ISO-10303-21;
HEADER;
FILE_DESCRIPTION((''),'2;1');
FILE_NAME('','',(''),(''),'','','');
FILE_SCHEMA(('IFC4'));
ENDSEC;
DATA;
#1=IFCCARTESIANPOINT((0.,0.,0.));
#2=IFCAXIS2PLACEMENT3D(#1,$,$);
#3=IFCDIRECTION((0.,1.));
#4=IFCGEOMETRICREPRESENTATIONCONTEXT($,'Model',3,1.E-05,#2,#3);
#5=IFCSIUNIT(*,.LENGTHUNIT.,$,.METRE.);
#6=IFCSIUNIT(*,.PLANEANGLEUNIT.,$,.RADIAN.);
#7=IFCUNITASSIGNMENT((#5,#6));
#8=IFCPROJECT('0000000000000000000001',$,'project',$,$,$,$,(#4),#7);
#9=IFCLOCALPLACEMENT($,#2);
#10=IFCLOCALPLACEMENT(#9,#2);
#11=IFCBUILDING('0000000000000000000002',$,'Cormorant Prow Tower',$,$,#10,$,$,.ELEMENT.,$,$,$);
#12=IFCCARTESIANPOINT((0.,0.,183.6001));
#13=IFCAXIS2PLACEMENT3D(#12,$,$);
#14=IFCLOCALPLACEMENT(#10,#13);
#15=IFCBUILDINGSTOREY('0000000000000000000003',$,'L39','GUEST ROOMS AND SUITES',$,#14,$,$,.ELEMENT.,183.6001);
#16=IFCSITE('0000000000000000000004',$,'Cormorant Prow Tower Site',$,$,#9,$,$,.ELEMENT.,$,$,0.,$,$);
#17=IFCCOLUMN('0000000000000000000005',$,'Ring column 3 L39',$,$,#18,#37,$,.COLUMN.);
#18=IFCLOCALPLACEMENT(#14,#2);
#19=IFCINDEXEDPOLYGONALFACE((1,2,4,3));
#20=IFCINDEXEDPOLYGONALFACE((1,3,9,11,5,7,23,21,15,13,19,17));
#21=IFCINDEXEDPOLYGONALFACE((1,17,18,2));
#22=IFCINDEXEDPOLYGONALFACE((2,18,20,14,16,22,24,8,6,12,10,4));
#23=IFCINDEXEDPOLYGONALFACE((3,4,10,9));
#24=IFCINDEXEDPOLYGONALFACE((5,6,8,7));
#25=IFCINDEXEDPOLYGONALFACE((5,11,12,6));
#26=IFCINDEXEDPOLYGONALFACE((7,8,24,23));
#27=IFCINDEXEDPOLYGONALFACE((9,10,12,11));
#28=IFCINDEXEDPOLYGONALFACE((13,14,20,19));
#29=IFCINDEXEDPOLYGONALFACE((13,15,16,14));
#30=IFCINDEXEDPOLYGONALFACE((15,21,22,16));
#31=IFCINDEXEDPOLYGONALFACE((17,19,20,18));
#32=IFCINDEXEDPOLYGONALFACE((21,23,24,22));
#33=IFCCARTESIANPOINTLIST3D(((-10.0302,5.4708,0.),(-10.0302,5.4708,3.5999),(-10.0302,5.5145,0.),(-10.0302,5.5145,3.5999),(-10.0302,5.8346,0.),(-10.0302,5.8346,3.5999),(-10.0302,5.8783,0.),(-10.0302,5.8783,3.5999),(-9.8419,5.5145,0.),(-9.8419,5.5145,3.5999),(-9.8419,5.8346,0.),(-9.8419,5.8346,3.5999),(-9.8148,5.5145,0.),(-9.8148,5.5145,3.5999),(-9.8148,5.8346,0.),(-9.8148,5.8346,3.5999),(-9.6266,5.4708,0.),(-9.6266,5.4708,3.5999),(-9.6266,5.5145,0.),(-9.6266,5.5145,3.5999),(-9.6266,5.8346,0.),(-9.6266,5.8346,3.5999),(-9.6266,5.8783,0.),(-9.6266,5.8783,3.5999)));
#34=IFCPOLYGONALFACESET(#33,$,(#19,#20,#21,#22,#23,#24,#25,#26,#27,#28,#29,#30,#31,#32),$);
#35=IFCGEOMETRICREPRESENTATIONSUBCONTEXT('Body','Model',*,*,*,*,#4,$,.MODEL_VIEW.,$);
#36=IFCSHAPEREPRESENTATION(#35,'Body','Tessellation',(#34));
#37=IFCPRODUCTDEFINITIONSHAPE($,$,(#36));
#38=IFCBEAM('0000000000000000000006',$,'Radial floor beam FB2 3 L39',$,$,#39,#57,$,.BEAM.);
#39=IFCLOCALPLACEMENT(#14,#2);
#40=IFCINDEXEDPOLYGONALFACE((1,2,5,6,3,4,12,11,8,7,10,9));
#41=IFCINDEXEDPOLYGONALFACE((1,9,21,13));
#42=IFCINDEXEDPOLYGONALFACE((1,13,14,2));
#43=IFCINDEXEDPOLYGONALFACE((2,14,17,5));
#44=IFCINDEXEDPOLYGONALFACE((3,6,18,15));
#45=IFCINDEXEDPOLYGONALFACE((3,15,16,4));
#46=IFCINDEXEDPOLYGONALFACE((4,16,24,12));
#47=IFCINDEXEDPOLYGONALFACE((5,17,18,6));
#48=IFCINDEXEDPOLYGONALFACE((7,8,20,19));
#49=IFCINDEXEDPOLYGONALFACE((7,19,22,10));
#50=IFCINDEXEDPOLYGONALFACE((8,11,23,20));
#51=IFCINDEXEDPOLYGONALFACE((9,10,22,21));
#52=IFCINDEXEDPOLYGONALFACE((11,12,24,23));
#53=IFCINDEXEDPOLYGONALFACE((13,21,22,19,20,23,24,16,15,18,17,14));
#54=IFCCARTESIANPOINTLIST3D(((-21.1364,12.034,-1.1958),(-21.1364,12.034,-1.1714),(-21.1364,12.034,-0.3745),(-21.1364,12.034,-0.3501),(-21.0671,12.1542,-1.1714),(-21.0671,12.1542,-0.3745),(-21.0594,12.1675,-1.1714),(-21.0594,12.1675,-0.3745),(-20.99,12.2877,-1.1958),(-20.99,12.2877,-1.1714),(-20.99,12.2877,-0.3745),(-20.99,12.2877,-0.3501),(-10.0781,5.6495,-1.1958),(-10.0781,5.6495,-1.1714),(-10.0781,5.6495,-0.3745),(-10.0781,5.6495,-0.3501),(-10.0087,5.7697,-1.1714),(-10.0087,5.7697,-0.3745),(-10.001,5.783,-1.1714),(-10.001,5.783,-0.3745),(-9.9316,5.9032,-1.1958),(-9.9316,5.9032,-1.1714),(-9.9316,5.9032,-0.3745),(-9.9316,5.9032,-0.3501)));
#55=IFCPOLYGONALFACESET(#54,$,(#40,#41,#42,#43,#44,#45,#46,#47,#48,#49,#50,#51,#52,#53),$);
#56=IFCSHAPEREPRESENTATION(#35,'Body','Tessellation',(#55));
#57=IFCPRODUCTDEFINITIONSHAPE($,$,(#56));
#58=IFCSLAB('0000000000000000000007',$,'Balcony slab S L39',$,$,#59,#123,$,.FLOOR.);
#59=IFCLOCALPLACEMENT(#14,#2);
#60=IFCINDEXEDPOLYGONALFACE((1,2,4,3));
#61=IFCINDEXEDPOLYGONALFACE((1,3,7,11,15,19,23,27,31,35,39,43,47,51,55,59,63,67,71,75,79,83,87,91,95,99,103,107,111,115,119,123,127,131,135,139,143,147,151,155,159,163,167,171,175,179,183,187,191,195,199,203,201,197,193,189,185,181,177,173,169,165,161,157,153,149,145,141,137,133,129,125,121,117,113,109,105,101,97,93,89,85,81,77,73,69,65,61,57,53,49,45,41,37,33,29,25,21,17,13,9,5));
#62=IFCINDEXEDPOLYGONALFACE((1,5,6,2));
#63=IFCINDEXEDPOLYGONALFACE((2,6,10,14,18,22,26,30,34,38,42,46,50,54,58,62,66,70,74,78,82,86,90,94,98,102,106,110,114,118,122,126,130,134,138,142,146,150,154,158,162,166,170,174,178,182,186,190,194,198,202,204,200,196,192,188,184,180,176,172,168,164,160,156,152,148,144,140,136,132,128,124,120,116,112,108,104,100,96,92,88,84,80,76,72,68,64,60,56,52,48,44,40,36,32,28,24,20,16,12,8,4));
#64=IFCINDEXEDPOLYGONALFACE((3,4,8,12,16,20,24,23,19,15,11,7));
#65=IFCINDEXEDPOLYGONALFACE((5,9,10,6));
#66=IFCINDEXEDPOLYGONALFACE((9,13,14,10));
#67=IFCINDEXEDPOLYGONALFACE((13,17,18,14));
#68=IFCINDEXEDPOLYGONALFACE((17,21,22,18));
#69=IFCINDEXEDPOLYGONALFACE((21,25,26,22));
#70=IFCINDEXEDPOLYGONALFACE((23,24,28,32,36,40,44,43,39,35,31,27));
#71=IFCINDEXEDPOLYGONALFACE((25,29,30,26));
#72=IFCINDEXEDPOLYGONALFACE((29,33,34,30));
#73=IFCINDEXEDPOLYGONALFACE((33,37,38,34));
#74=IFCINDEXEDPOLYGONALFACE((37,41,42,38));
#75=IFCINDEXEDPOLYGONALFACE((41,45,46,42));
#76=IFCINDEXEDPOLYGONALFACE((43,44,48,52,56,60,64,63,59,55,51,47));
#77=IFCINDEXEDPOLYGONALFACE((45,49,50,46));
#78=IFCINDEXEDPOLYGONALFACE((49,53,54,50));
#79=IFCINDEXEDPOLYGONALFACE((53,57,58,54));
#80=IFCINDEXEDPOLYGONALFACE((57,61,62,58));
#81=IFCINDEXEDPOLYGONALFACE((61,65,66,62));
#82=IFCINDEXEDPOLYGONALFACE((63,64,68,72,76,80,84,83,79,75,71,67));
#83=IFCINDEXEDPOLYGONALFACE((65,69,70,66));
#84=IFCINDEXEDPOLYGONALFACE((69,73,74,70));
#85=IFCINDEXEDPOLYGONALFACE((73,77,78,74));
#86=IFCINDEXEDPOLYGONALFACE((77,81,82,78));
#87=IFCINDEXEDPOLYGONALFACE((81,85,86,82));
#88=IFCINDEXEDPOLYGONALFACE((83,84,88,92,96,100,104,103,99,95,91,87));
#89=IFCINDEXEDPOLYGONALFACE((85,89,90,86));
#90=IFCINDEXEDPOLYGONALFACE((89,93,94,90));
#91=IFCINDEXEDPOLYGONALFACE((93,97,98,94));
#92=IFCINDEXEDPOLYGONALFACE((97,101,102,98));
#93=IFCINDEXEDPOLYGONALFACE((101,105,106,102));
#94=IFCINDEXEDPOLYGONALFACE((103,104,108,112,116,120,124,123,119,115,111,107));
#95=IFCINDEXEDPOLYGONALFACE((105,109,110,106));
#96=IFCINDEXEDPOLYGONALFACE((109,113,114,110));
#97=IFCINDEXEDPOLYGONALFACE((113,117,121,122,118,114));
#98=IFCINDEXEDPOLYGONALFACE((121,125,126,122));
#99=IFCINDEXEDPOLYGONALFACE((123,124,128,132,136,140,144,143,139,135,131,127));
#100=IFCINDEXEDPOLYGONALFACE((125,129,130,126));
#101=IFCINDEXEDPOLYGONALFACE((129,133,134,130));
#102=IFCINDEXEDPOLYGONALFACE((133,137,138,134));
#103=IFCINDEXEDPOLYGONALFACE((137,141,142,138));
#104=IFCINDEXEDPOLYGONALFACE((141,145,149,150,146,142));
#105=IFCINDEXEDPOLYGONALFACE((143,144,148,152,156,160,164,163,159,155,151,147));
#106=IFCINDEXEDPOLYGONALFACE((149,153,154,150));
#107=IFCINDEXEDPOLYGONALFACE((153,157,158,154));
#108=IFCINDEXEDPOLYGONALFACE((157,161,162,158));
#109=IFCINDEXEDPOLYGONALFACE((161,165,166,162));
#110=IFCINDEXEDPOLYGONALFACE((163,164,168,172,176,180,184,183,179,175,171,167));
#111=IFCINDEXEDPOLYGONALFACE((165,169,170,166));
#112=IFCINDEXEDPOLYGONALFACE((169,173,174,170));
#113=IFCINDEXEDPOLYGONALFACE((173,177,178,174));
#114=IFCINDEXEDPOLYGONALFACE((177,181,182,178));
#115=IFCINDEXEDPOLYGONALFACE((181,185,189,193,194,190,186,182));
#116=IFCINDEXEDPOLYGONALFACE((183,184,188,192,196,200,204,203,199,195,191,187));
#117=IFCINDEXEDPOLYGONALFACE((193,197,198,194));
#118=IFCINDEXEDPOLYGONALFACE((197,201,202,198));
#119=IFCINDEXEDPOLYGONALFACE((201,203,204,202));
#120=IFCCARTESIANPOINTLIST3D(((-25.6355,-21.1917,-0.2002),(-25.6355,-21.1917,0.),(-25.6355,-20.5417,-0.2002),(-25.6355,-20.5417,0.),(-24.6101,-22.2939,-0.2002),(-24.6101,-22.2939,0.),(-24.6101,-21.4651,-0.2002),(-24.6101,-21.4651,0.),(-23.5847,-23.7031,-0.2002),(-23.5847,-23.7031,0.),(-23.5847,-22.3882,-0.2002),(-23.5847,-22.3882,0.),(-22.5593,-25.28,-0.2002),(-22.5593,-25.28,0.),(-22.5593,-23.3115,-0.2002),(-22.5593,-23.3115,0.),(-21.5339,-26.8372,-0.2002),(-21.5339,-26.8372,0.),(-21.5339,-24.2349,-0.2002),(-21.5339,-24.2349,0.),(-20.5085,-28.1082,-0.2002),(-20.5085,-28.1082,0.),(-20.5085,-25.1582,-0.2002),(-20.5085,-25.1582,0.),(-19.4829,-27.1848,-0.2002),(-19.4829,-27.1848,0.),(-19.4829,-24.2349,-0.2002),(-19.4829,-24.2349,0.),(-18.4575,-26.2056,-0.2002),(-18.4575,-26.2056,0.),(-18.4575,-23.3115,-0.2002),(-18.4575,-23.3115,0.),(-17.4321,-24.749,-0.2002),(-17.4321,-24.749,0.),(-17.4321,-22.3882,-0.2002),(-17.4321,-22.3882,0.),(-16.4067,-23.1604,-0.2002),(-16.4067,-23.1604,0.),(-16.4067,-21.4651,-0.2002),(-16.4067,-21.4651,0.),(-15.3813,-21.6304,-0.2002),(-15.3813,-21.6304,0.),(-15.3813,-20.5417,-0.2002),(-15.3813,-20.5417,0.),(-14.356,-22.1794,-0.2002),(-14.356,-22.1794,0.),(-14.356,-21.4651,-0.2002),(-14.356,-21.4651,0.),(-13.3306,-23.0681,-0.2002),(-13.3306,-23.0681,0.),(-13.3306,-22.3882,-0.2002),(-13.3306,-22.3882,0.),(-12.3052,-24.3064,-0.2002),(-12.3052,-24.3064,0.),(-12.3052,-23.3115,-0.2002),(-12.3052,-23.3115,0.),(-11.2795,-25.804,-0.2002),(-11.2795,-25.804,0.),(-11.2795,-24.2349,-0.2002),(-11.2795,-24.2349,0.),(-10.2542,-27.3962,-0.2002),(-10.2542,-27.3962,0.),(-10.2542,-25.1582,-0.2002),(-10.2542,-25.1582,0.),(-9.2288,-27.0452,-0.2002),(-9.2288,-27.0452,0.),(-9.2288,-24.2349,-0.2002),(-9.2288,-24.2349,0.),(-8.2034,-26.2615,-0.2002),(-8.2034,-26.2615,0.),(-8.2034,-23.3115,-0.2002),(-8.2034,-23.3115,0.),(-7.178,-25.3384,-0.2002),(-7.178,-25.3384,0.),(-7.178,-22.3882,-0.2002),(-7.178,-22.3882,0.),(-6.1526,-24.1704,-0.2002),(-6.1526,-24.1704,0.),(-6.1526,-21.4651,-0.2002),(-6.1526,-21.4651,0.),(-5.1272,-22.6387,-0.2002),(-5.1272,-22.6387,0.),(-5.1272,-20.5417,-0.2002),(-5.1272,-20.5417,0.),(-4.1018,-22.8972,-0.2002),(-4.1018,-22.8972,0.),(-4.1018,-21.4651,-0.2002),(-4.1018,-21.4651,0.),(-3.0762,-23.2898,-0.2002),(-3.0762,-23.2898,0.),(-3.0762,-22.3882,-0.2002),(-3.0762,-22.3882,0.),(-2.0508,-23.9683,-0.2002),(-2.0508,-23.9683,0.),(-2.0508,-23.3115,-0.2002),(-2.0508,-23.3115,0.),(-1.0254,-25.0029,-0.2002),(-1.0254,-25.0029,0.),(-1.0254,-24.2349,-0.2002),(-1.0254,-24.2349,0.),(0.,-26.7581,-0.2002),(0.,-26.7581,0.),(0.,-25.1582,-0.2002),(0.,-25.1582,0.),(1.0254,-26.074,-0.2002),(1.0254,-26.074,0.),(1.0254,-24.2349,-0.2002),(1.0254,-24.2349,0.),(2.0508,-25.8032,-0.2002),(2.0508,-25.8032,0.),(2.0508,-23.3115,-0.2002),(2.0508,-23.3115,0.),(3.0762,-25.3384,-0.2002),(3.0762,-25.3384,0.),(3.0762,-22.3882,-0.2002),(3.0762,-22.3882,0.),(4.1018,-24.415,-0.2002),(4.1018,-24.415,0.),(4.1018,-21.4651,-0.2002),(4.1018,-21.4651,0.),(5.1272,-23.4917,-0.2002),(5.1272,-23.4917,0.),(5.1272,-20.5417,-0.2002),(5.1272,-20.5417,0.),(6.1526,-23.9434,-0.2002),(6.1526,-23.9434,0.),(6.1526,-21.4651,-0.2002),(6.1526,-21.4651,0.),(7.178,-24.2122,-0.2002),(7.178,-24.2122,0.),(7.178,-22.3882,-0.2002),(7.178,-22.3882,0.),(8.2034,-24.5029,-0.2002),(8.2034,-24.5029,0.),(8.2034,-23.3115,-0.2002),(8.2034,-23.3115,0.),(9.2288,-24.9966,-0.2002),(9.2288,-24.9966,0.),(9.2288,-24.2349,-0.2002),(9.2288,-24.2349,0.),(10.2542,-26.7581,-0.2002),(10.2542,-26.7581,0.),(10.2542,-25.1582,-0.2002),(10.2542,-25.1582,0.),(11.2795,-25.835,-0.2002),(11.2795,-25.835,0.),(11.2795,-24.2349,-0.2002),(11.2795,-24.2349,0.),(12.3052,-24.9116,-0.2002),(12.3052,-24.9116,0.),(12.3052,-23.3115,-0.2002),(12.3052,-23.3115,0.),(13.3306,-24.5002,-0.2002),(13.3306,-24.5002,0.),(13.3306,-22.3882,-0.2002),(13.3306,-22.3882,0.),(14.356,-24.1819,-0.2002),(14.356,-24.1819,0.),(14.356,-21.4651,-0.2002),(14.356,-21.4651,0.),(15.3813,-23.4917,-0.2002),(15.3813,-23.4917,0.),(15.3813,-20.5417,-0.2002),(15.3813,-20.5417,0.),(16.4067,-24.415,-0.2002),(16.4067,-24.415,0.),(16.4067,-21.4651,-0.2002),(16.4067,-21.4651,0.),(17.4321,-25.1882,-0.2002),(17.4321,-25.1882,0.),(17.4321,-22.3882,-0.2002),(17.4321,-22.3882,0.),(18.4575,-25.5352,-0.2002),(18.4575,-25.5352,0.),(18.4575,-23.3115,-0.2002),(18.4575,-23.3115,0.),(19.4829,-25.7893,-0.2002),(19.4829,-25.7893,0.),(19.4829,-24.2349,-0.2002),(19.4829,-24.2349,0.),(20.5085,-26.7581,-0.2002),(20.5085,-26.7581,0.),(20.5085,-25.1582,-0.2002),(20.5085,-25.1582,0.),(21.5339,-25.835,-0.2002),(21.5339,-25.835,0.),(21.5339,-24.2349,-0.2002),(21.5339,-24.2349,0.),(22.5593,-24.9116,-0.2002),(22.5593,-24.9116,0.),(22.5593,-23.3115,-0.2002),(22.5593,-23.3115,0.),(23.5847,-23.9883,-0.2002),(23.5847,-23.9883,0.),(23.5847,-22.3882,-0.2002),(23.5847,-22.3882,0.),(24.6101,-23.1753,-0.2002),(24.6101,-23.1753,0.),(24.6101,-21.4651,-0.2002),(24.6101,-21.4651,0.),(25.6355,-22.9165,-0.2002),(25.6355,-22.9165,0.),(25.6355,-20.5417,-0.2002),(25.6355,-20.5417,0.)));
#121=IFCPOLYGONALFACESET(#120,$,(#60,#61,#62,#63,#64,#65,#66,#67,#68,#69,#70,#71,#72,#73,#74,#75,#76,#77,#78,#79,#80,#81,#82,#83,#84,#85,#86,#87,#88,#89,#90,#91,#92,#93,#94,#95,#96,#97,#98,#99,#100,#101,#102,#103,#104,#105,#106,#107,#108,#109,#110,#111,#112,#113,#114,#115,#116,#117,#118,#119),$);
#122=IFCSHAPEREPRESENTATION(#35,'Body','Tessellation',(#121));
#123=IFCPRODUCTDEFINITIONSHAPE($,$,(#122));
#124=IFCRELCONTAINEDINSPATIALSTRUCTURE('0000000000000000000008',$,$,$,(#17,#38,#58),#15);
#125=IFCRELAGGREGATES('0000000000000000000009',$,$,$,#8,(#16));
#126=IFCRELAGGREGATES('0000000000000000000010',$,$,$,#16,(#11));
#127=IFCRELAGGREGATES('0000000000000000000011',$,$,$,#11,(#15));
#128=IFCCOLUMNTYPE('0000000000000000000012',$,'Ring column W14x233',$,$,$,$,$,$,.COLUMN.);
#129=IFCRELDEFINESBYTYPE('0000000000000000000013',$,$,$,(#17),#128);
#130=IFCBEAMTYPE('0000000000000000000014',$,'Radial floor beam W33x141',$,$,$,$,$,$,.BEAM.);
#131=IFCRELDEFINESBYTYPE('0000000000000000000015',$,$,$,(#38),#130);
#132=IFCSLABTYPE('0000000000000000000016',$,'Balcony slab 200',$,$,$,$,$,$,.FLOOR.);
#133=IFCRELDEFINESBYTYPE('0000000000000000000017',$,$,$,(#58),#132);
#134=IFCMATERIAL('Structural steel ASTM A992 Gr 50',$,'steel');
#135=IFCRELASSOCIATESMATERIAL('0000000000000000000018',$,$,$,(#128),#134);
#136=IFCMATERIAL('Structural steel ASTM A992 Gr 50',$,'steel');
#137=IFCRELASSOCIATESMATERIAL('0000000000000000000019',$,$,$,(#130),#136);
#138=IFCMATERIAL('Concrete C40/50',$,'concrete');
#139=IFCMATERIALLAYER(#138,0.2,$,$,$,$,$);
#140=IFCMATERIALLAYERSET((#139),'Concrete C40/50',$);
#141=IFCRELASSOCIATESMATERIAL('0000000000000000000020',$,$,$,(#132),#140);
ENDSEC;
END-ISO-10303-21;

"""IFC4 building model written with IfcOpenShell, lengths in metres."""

from ifc_helpers import new_model, si_unit, direction, frame, origin, origin_2d, place, context, subcontext, project, spatial, polyline, i_section, outline, extrude, material, layer, layer_set, material_profile, profile_set, type_object, element, save


model = new_model("IFC4")

# Units and contexts
model_context = context("Model", 3, precision=1e-05, world=origin(), true_north=direction((0.0, 1.0)))
body_context = subcontext(model_context, "Body", "Model", "MODEL_VIEW")
ifc_project = project(units=[si_unit("LENGTHUNIT", "METRE"), si_unit("PLANEANGLEUNIT", "RADIAN")], contexts=[model_context])

# Site, building, storey
site_placement = place(None, origin())
site = spatial("IfcSite", under=ifc_project, at=site_placement, Name="Cormorant Prow Tower Site", CompositionType="ELEMENT", RefElevation=0.0)
building_placement = place(site_placement, origin())
building = spatial("IfcBuilding", under=site, at=building_placement, Name="Cormorant Prow Tower", CompositionType="ELEMENT")
storey_placement = place(building_placement, frame((0.0, 0.0, 183.6001)))
storey = spatial("IfcBuildingStorey", under=building, at=storey_placement, Name="L39", Description="GUEST ROOMS AND SUITES", CompositionType="ELEMENT", Elevation=183.6001)

# Column
ifc_material_1 = material(Name="Structural steel ASTM A992 Gr 50", Category="steel")
ifc_material_profile_1 = material_profile(ifc_material_1, i_section(OverallWidth=0.4036, OverallDepth=0.4075, WebThickness=0.0271, FlangeThickness=0.0437, at=origin_2d()), Name="W14x233")
ifc_profile_set_1 = profile_set([ifc_material_profile_1], Name="Structural steel ASTM A992 Gr 50")
column_type = type_object("IfcColumnType", Name="Ring column W14x233", PredefinedType="COLUMN", material=ifc_profile_set_1)
column_placement = place(storey_placement, frame((-9.8284, 5.6746, 0.0), z_axis=(0.0, 0.0, 1.0), x_axis=(1.0, 0.0, 0.0)))
element("IfcColumn", 1, at=column_placement, inside=storey, type_object=column_type, Name="Ring column 3 L39", PredefinedType="COLUMN", context=body_context, shape_type="SweptSolid", body=[
    extrude(i_section(OverallWidth=0.4036, OverallDepth=0.4075, WebThickness=0.0271, FlangeThickness=0.0437, at=origin_2d()), origin(), (0.0, 0.0, 1.0), 3.5999),
])

# Beam
ifc_material_2 = material(Name="Structural steel ASTM A992 Gr 50", Category="steel")
ifc_material_profile_2 = material_profile(ifc_material_2, i_section(OverallWidth=0.293, OverallDepth=0.8457, WebThickness=0.0154, FlangeThickness=0.0244, at=origin_2d()), Name="W33x141")
ifc_profile_set_2 = profile_set([ifc_material_profile_2], Name="Structural steel ASTM A992 Gr 50")
beam_type = type_object("IfcBeamType", Name="Radial floor beam W33x141", PredefinedType="BEAM", material=ifc_profile_set_2)
beam_placement = place(storey_placement, frame((-10.0049, 5.7764, -0.7729), z_axis=(-0.866026, 0.499999, 0.0), x_axis=(-0.499999, -0.866026, 0.0)))
element("IfcBeam", 2, at=beam_placement, inside=storey, type_object=beam_type, Name="Radial floor beam FB2 3 L39", PredefinedType="BEAM", context=body_context, shape_type="SweptSolid", body=[
    extrude(i_section(OverallWidth=0.293, OverallDepth=0.8457, WebThickness=0.0154, FlangeThickness=0.0244, at=origin_2d()), origin(), (0.0, 0.0, 1.0), 12.769),
])

# Slab
ifc_material_3 = material(Name="Concrete C40/50", Category="concrete")
ifc_layer_1 = layer(ifc_material_3, 0.2)
ifc_layer_set_1 = layer_set([ifc_layer_1], Name="Concrete C40/50")
slab_type_1 = type_object("IfcSlabType", Name="Balcony slab 200", PredefinedType="FLOOR", material=ifc_layer_set_1)
slab_1_placement = place(storey_placement, frame((0.0, 0.0, -0.2002)))
element("IfcSlab", 3, at=slab_1_placement, inside=storey, type_object=slab_type_1, Name="Balcony slab S L39", PredefinedType="FLOOR", context=body_context, shape_type="SweptSolid", body=[
    extrude(outline(polyline([(-25.6355, -20.5417), (-25.6355, -21.1917), (-24.6101, -22.2939), (-23.5847, -23.7031), (-22.5593, -25.28), (-21.5339, -26.8372), (-20.5085, -28.1082), (-19.4829, -27.1848), (-18.4575, -26.2056), (-17.4321, -24.749), (-16.4067, -23.1604), (-15.3813, -21.6304), (-14.356, -22.1794), (-13.3306, -23.0681), (-12.3052, -24.3064), (-11.2795, -25.804), (-10.2542, -27.3962), (-9.2288, -27.0452), (-8.2034, -26.2615), (-7.178, -25.3384), (-6.1526, -24.1704), (-5.1272, -22.6387), (-4.1018, -22.8972), (-3.0762, -23.2898), (-2.0508, -23.9683), (-1.0254, -25.0029), (0.0, -26.7581), (1.0254, -26.074), (2.0508, -25.8032), (3.0762, -25.3384), (4.1018, -24.415), (5.1272, -23.4917), (6.1526, -23.9434), (7.178, -24.2122), (8.2034, -24.5029), (9.2288, -24.9966), (10.2542, -26.7581), (11.2795, -25.835), (12.3052, -24.9116), (13.3306, -24.5002), (14.356, -24.1819), (15.3813, -23.4917), (16.4067, -24.415), (17.4321, -25.1882), (18.4575, -25.5352), (19.4829, -25.7893), (20.5085, -26.7581), (21.5339, -25.835), (22.5593, -24.9116), (23.5847, -23.9883), (24.6101, -23.1753), (25.6355, -22.9165), (25.6355, -20.5417), (24.6101, -21.4651), (23.5847, -22.3882), (22.5593, -23.3115), (21.5339, -24.2349), (20.5085, -25.1582), (19.4829, -24.2349), (18.4575, -23.3115), (17.4321, -22.3882), (16.4067, -21.4651), (15.3813, -20.5417), (14.356, -21.4651), (13.3306, -22.3882), (12.3052, -23.3115), (11.2795, -24.2349), (10.2542, -25.1582), (9.2288, -24.2349), (8.2034, -23.3115), (7.178, -22.3882), (6.1526, -21.4651), (5.1272, -20.5417), (4.1018, -21.4651), (3.0762, -22.3882), (2.0508, -23.3115), (1.0254, -24.2349), (0.0, -25.1582), (-1.0254, -24.2349), (-2.0508, -23.3115), (-3.0762, -22.3882), (-4.1018, -21.4651), (-5.1272, -20.5417), (-6.1526, -21.4651), (-7.178, -22.3882), (-8.2034, -23.3115), (-9.2288, -24.2349), (-10.2542, -25.1582), (-11.2795, -24.2349), (-12.3052, -23.3115), (-13.3306, -22.3882), (-14.356, -21.4651), (-15.3813, -20.5417), (-16.4067, -21.4651), (-17.4321, -22.3882), (-18.4575, -23.3115), (-19.4829, -24.2349), (-20.5085, -25.1582), (-21.5339, -24.2349), (-22.5593, -23.3115), (-23.5847, -22.3882), (-24.6101, -21.4651), (-25.6355, -20.5417)])), origin(), (0.0, 0.0, 1.0), 0.2002),
])

save(model, "model.ifc")
